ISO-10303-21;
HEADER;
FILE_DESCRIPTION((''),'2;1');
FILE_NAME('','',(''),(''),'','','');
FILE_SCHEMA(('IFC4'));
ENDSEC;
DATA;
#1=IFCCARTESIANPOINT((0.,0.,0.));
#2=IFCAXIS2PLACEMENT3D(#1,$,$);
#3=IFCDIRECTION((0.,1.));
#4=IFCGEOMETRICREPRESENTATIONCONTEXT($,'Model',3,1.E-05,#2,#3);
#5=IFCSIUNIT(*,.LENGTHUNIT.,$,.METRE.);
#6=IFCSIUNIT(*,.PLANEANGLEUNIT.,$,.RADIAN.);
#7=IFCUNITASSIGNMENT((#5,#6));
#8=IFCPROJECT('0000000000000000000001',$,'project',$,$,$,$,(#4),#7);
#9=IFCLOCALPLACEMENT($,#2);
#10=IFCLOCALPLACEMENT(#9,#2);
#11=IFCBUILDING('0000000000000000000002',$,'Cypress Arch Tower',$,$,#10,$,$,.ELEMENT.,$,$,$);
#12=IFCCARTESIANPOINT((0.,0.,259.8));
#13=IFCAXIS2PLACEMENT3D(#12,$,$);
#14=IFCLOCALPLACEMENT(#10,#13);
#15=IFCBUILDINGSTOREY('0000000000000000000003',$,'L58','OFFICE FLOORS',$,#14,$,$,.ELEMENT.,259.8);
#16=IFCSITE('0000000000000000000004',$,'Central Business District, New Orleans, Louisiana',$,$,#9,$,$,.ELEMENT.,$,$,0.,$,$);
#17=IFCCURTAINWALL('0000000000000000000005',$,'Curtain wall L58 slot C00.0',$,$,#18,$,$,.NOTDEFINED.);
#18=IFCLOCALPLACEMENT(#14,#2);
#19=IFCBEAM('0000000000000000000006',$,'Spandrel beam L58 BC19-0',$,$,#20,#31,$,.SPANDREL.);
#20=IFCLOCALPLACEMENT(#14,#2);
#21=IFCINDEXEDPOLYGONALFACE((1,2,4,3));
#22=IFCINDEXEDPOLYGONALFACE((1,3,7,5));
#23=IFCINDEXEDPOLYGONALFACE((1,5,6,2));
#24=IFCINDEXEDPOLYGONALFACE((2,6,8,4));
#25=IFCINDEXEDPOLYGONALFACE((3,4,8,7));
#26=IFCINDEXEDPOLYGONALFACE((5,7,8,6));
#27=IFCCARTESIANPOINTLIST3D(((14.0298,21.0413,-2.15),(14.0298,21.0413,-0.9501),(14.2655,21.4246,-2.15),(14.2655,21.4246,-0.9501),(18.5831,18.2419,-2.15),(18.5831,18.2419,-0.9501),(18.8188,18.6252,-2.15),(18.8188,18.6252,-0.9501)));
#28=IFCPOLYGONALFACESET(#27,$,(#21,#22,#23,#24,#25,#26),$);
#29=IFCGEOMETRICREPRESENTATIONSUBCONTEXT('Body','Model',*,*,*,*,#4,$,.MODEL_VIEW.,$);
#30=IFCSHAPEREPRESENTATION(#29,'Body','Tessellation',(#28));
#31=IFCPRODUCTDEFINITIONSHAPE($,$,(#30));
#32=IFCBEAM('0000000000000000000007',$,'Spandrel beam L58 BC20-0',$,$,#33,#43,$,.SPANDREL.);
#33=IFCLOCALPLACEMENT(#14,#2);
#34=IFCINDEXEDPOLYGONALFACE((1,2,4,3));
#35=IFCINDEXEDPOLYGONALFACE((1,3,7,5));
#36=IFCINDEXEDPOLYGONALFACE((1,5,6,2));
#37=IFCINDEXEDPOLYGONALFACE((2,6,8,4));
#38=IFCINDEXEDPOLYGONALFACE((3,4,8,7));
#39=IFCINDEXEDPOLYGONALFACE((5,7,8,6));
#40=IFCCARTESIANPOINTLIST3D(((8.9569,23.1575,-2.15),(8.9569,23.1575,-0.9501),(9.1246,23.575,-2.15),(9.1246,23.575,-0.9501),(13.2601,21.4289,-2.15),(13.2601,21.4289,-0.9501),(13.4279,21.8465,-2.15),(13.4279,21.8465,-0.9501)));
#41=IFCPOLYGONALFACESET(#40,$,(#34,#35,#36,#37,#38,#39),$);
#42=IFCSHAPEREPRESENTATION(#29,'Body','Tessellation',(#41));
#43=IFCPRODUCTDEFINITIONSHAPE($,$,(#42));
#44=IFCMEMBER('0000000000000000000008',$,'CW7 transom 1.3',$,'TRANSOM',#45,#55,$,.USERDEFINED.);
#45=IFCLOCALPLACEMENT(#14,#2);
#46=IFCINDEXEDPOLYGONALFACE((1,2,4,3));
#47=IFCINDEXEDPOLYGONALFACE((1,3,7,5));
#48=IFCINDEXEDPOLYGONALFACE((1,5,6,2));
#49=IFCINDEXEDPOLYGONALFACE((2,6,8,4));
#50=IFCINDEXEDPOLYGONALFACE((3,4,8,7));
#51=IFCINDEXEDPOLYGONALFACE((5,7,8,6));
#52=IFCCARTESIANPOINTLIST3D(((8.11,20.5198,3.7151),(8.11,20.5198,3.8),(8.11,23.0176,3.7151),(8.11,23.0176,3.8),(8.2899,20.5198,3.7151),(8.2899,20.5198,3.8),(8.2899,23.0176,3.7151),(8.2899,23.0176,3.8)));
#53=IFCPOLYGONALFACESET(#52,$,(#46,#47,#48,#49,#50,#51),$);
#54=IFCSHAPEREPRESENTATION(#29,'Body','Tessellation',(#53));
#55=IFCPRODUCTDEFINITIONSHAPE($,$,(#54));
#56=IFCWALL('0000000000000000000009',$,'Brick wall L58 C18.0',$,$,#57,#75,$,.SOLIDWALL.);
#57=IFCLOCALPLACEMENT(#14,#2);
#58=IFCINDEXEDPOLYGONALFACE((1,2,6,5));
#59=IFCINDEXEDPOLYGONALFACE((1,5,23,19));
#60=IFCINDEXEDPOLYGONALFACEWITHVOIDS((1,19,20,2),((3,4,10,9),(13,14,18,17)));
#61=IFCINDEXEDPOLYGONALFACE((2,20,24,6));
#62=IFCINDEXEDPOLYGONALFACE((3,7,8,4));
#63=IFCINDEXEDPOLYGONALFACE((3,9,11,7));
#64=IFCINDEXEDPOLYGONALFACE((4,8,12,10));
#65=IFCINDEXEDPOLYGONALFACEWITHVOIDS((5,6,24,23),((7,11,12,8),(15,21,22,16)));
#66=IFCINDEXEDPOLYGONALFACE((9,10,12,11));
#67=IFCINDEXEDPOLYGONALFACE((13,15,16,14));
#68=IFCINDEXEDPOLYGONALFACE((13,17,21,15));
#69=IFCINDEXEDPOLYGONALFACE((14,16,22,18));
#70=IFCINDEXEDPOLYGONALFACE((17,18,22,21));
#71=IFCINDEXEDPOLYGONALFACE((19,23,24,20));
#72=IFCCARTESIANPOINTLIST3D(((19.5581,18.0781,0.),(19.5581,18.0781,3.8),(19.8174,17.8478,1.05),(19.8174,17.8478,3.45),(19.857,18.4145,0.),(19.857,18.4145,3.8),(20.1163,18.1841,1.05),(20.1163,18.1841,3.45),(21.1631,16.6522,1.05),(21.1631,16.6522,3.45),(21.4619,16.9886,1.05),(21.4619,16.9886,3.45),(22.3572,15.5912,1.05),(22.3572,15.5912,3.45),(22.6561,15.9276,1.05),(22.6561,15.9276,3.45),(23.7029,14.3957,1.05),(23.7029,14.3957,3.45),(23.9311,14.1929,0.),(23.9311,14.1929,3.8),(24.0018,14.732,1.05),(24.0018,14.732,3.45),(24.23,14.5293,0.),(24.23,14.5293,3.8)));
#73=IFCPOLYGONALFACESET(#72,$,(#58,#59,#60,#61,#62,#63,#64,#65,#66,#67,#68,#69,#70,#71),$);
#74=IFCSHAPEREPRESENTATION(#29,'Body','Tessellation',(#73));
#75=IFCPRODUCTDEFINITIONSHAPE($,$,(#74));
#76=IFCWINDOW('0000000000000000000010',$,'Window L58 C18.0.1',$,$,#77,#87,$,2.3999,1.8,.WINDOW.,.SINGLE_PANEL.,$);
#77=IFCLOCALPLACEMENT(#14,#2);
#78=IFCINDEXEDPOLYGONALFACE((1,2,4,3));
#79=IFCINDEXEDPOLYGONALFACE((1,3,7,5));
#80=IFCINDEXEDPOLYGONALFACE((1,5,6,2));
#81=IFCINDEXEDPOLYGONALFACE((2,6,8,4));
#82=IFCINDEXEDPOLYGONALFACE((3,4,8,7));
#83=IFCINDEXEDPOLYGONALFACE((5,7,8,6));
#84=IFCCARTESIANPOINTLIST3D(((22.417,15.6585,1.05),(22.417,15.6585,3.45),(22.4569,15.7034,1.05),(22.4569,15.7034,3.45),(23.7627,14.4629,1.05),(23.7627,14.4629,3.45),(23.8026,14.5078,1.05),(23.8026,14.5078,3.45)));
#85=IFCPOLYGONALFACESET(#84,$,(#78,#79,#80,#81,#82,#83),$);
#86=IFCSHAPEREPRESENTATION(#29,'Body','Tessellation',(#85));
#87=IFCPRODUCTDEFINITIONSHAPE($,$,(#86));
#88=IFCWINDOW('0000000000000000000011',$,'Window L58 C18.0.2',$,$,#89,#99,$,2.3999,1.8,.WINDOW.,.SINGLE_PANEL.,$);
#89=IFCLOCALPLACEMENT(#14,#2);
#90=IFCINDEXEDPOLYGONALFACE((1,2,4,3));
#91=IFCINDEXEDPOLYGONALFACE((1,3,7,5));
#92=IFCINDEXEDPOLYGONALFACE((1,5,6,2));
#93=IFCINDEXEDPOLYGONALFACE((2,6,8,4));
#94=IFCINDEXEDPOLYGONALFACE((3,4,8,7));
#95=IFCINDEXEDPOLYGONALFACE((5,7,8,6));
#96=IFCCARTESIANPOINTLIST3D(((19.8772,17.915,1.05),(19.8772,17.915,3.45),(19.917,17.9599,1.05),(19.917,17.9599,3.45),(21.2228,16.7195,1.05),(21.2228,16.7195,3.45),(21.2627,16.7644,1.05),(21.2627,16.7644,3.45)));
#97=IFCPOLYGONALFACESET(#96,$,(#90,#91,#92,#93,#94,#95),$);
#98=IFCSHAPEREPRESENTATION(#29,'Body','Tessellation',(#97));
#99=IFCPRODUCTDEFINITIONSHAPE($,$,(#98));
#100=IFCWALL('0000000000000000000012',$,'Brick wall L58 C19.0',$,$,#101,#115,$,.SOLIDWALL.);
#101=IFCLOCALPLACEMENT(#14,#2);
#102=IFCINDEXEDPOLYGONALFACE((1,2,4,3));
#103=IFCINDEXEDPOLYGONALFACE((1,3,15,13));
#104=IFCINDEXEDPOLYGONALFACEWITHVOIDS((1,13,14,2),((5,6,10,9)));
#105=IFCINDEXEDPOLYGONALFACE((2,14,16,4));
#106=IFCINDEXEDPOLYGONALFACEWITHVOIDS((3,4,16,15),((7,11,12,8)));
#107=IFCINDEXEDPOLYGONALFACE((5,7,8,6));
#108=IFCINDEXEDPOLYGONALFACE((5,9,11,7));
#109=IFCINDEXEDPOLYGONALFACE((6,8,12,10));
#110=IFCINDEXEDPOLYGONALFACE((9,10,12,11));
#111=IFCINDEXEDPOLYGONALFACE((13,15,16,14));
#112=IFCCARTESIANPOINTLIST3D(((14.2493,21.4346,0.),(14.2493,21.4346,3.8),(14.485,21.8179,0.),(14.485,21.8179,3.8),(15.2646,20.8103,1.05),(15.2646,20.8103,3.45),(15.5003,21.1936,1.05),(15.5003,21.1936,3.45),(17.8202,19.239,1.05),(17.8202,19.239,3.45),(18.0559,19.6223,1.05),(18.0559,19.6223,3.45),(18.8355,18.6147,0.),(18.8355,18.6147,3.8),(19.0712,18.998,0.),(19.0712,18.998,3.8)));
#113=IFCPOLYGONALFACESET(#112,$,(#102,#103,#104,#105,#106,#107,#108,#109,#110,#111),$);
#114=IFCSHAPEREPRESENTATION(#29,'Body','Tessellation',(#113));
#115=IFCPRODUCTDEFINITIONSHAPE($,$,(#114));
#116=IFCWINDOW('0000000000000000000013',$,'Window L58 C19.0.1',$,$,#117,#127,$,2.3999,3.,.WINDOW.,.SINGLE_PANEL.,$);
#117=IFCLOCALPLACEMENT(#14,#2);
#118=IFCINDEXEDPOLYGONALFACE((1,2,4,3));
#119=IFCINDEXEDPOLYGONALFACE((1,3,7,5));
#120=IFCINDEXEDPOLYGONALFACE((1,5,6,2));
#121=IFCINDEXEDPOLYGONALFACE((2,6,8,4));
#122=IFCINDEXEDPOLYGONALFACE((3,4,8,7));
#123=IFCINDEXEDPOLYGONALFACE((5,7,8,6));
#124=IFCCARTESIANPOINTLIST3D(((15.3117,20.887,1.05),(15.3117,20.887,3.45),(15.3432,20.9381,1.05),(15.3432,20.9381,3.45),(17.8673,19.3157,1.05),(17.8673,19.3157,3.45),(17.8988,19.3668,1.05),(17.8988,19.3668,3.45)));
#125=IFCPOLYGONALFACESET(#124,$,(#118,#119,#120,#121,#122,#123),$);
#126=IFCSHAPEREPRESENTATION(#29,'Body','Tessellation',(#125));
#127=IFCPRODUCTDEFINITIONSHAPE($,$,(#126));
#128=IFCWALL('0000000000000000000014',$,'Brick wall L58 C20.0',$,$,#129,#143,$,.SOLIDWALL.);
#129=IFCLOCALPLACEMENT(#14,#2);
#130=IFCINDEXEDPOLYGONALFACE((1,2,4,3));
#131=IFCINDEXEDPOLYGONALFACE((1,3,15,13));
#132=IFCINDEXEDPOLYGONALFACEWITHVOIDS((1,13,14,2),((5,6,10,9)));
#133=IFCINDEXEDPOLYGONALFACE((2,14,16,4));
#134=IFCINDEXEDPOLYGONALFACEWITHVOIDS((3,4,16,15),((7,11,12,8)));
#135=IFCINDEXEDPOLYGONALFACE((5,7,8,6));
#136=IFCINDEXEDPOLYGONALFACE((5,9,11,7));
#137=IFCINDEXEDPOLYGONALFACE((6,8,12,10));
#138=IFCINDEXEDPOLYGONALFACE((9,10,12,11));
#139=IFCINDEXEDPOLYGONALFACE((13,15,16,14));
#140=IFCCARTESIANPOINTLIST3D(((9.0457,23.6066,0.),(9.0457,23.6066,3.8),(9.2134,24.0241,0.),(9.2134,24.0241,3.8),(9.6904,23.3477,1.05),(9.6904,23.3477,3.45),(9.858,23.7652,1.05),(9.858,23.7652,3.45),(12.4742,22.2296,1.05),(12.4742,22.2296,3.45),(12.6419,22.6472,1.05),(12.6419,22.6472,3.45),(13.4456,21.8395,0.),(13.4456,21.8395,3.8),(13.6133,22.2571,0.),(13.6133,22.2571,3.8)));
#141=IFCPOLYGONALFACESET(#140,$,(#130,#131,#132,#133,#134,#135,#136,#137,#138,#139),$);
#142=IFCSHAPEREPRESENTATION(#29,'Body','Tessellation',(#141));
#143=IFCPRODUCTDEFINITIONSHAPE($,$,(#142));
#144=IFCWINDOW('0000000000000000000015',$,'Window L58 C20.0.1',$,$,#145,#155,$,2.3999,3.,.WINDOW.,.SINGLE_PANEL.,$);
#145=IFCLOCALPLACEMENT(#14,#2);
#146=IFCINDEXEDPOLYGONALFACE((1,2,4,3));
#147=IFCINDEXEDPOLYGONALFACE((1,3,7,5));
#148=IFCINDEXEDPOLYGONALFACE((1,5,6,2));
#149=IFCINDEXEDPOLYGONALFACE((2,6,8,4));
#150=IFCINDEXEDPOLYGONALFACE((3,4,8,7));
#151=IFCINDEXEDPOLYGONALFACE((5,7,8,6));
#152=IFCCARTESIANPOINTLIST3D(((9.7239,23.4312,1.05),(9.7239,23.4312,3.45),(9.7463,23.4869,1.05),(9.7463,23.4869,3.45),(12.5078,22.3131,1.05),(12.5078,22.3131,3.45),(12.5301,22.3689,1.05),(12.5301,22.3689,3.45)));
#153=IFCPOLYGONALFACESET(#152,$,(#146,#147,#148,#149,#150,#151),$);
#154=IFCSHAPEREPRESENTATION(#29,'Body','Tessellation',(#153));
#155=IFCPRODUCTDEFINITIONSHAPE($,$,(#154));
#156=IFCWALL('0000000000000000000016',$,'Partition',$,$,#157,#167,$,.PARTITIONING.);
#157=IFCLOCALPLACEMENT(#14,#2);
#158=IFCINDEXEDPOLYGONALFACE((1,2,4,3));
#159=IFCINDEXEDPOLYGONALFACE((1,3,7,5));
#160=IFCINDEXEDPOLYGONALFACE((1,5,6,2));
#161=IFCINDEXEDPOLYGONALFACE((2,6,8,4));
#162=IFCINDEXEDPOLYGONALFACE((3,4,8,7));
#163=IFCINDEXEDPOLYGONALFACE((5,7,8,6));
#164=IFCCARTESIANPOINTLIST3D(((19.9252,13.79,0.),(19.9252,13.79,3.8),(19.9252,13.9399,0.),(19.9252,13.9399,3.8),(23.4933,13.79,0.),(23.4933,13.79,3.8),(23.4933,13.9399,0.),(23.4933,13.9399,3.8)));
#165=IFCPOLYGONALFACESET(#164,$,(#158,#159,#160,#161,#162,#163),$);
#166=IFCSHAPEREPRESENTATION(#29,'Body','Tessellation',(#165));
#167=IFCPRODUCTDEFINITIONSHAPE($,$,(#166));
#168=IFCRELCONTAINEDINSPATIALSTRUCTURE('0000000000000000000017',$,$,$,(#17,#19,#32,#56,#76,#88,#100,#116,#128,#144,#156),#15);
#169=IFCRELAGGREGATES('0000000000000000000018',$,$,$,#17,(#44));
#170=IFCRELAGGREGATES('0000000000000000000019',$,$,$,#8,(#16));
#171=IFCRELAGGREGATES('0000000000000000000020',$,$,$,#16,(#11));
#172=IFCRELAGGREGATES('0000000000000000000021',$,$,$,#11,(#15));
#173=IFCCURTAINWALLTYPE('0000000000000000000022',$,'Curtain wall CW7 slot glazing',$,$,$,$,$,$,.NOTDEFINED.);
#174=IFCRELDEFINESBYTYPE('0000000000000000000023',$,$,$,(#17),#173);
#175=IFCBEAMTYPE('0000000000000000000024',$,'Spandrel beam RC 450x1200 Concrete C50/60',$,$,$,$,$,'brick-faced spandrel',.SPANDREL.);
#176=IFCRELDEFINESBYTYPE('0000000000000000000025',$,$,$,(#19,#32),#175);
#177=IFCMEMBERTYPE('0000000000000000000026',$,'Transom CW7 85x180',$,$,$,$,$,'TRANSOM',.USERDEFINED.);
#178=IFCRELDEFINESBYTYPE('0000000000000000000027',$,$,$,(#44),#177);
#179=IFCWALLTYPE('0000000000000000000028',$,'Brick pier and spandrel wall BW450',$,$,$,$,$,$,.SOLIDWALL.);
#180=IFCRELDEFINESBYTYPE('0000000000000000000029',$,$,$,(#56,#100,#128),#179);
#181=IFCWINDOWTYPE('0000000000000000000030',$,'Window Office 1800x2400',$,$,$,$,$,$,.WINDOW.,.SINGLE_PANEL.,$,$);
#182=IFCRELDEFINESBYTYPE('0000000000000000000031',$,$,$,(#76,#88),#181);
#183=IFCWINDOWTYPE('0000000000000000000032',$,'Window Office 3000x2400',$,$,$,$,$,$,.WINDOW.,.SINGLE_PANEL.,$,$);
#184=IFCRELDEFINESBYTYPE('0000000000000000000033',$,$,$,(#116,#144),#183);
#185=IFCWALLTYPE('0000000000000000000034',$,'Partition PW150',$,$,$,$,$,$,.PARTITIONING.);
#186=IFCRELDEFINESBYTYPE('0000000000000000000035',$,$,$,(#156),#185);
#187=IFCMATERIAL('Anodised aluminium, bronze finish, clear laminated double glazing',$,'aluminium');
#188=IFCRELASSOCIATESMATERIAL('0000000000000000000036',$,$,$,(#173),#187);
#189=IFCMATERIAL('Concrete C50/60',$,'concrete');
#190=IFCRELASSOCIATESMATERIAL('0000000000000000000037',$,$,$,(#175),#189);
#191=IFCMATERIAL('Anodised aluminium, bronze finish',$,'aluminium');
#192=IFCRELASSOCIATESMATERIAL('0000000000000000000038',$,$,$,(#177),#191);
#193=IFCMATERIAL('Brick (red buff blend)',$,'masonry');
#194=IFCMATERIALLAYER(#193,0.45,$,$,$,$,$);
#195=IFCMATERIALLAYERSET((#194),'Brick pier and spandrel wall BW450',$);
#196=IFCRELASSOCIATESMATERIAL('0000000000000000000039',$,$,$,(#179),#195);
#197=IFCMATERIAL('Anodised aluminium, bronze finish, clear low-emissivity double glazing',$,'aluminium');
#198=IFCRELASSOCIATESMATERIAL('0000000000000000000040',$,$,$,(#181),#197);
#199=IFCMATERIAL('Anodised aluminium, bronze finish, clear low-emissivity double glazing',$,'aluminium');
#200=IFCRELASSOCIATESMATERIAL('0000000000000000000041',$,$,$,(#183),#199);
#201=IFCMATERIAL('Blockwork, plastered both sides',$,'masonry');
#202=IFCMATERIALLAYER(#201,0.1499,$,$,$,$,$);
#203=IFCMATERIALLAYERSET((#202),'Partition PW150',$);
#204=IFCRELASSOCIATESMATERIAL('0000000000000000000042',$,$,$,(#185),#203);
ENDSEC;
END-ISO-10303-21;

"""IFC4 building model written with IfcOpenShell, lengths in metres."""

from ifc_helpers import new_model, si_unit, direction, frame, frame_2d, origin, origin_2d, place, context, subcontext, project, spatial, rectangle, extrude, material, layer, layer_set, material_profile, profile_set, type_object, element, fill, aggregate, save


model = new_model("IFC4")

# Units and contexts
model_context = context("Model", 3, precision=1e-05, world=origin(), true_north=direction((0.0, 1.0)))
body_context = subcontext(model_context, "Body", "Model", "MODEL_VIEW")
ifc_project = project(units=[si_unit("LENGTHUNIT", "METRE"), si_unit("PLANEANGLEUNIT", "RADIAN")], contexts=[model_context])

# Site, building, storey
site_placement = place(None, origin())
site = spatial("IfcSite", under=ifc_project, at=site_placement, Name="Central Business District, New Orleans, Louisiana", CompositionType="ELEMENT", RefElevation=0.0)
building_placement = place(site_placement, origin())
building = spatial("IfcBuilding", under=site, at=building_placement, Name="Cypress Arch Tower", CompositionType="ELEMENT")
storey_placement = place(building_placement, frame((0.0, 0.0, 259.8)))
storey = spatial("IfcBuildingStorey", under=building, at=storey_placement, Name="L58", Description="OFFICE FLOORS", CompositionType="ELEMENT", Elevation=259.8)

# Curtain wall
ifc_material_1 = material(Name="Anodised aluminium, bronze finish, clear laminated double glazing", Category="aluminium")
curtain_wall_type = type_object("IfcCurtainWallType", Name="Curtain wall CW7 slot glazing", PredefinedType="NOTDEFINED", material=ifc_material_1)
curtain_wall_placement = place(storey_placement, origin())
curtain_wall = element("IfcCurtainWall", 1, at=curtain_wall_placement, inside=storey, type_object=curtain_wall_type, Name="Curtain wall L58 slot C00.0", PredefinedType="NOTDEFINED")

# Beams
ifc_material_2 = material(Name="Concrete C50/60", Category="concrete")
ifc_material_profile_1 = material_profile(ifc_material_2, rectangle(XDim=0.45, YDim=1.2, at=origin_2d()), Name="RC 450x1200")
ifc_profile_set_1 = profile_set([ifc_material_profile_1], Name="Concrete C50/60")
beam_type = type_object("IfcBeamType", Name="Spandrel beam RC 450x1200 Concrete C50/60", ElementType="brick-faced spandrel", PredefinedType="SPANDREL", material=ifc_profile_set_1)
beam_1_placement = place(storey_placement, frame((18.7009, 18.4336, -1.55), z_axis=(-0.851881, 0.523735, 0.0), x_axis=(-0.523735, -0.851881, 0.0)))
element("IfcBeam", 2, at=beam_1_placement, inside=storey, type_object=beam_type, Name="Spandrel beam L58 BC19-0", PredefinedType="SPANDREL", context=body_context, shape_type="SweptSolid", body=[
    extrude(rectangle(XDim=0.45, YDim=1.2, at=origin_2d()), origin(), (0.0, 0.0, 1.0), 5.345),
])
beam_2_placement = place(storey_placement, frame((13.344, 21.6377, -1.55), z_axis=(-0.927938, 0.372734, 0.0), x_axis=(-0.372734, -0.927938, 0.0)))
element("IfcBeam", 3, at=beam_2_placement, inside=storey, type_object=beam_type, Name="Spandrel beam L58 BC20-0", PredefinedType="SPANDREL", context=body_context, shape_type="SweptSolid", body=[
    extrude(rectangle(XDim=0.45, YDim=1.2, at=origin_2d()), origin(), (0.0, 0.0, 1.0), 4.6375),
])

# Member
ifc_material_3 = material(Name="Anodised aluminium, bronze finish", Category="aluminium")
ifc_material_profile_2 = material_profile(ifc_material_3, rectangle(XDim=0.1799, YDim=0.085, at=origin_2d()), Name="Transom 85x180")
ifc_profile_set_2 = profile_set([ifc_material_profile_2], Name="Anodised aluminium, bronze finish")
member_type_1 = type_object("IfcMemberType", Name="Transom CW7 85x180", ElementType="TRANSOM", PredefinedType="USERDEFINED", material=ifc_profile_set_2)
member_1_placement = place(storey_placement, frame((8.2, 23.0176, 3.7576), z_axis=(0.0, -1.0, 0.0), x_axis=(1.0, 0.0, 0.0)))
member_1 = element("IfcMember", 4, at=member_1_placement, type_object=member_type_1, Name="CW7 transom 1.3", ObjectType="TRANSOM", PredefinedType="USERDEFINED", context=body_context, shape_type="SweptSolid", body=[
    extrude(rectangle(XDim=0.1799, YDim=0.085, at=origin_2d()), origin(), (0.0, 0.0, 1.0), 2.4978),
])
aggregate(curtain_wall, [member_1])

# Wall, openings, windows
ifc_material_4 = material(Name="Brick (red buff blend)", Category="masonry")
ifc_layer_1 = layer(ifc_material_4, 0.45)
ifc_layer_set_1 = layer_set([ifc_layer_1], Name="Brick pier and spandrel wall BW450")
wall_type_1 = type_object("IfcWallType", Name="Brick pier and spandrel wall BW450", PredefinedType="SOLIDWALL", material=ifc_layer_set_1)
wall_1_placement = place(storey_placement, frame((24.0806, 14.3611, 0.0), z_axis=(0.0, 0.0, 1.0), x_axis=(-0.74757, 0.664182, 0.0)))
wall_1 = element("IfcWall", 5, at=wall_1_placement, inside=storey, type_object=wall_type_1, Name="Brick wall L58 C18.0", PredefinedType="SOLIDWALL", context=body_context, shape_type="SweptSolid", body=[
    extrude(rectangle(XDim=5.8496, YDim=0.45, at=frame_2d((2.9248, 0.0))), origin(), (0.0, 0.0, 1.0), 3.8),
])
opening_1_placement = place(wall_1_placement, frame((0.3054, 0.0, 1.05)))
opening_1 = element("IfcOpeningElement", 6, at=opening_1_placement, cuts=wall_1, PredefinedType="OPENING", context=body_context, shape_type="SweptSolid", body=[
    extrude(rectangle(XDim=1.8, YDim=2.3999, at=frame_2d((0.8999, 1.2))), frame((0.0, 0.2349, 0.0), z_axis=(0.0, -1.0, 0.0), x_axis=(1.0, 0.0, 0.0)), (0.0, 0.0, 1.0), 0.47),
])
opening_2_placement = place(wall_1_placement, frame((3.7029, 0.0, 1.05)))
opening_2 = element("IfcOpeningElement", 7, at=opening_2_placement, cuts=wall_1, PredefinedType="OPENING", context=body_context, shape_type="SweptSolid", body=[
    extrude(rectangle(XDim=1.8, YDim=2.3999, at=frame_2d((0.8999, 1.2))), frame((0.0, 0.2349, 0.0), z_axis=(0.0, -1.0, 0.0), x_axis=(1.0, 0.0, 0.0)), (0.0, 0.0, 1.0), 0.47),
])
ifc_material_5 = material(Name="Anodised aluminium, bronze finish, clear low-emissivity double glazing", Category="aluminium")
window_type_1 = type_object("IfcWindowType", Name="Window Office 1800x2400", PartitioningType="SINGLE_PANEL", PredefinedType="WINDOW", material=ifc_material_5)
window_1_placement = place(opening_1_placement, origin())
window_1 = element("IfcWindow", 8, at=window_1_placement, inside=storey, type_object=window_type_1, Name="Window L58 C18.0.1", OverallHeight=2.3999, OverallWidth=1.8, PartitioningType="SINGLE_PANEL", PredefinedType="WINDOW", context=body_context, shape_type="SweptSolid", body=[
    extrude(rectangle(XDim=1.8, YDim=2.3999, at=frame_2d((0.8999, 1.2))), frame((0.0, 0.135, 0.0), z_axis=(0.0, -1.0, 0.0), x_axis=(1.0, 0.0, 0.0)), (0.0, 0.0, 1.0), 0.0601),
])
fill(opening_1, window_1)
window_2_placement = place(opening_2_placement, origin())
window_2 = element("IfcWindow", 9, at=window_2_placement, inside=storey, type_object=window_type_1, Name="Window L58 C18.0.2", OverallHeight=2.3999, OverallWidth=1.8, PartitioningType="SINGLE_PANEL", PredefinedType="WINDOW", context=body_context, shape_type="SweptSolid", body=[
    extrude(rectangle(XDim=1.8, YDim=2.3999, at=frame_2d((0.8999, 1.2))), frame((0.0, 0.135, 0.0), z_axis=(0.0, -1.0, 0.0), x_axis=(1.0, 0.0, 0.0)), (0.0, 0.0, 1.0), 0.0601),
])
fill(opening_2, window_2)

# Walls, openings, windows
wall_2_placement = place(storey_placement, frame((18.9534, 18.8064, 0.0), z_axis=(0.0, 0.0, 1.0), x_axis=(-0.851861, 0.523768, 0.0)))
wall_2 = element("IfcWall", 10, at=wall_2_placement, inside=storey, type_object=wall_type_1, Name="Brick wall L58 C19.0", PredefinedType="SOLIDWALL", context=body_context, shape_type="SweptSolid", body=[
    extrude(rectangle(XDim=5.3838, YDim=0.45, at=frame_2d((2.6919, 0.0))), origin(), (0.0, 0.0, 1.0), 3.8),
])
opening_3_placement = place(wall_2_placement, frame((1.1919, 0.0, 1.05)))
opening_3 = element("IfcOpeningElement", 11, at=opening_3_placement, cuts=wall_2, PredefinedType="OPENING", context=body_context, shape_type="SweptSolid", body=[
    extrude(rectangle(XDim=3.0, YDim=2.3999, at=frame_2d((1.5, 1.2))), frame((0.0, 0.2349, 0.0), z_axis=(0.0, -1.0, 0.0), x_axis=(1.0, 0.0, 0.0)), (0.0, 0.0, 1.0), 0.47),
])
ifc_material_6 = material(Name="Anodised aluminium, bronze finish, clear low-emissivity double glazing", Category="aluminium")
window_type_2 = type_object("IfcWindowType", Name="Window Office 3000x2400", PartitioningType="SINGLE_PANEL", PredefinedType="WINDOW", material=ifc_material_6)
window_3_placement = place(opening_3_placement, origin())
window_3 = element("IfcWindow", 12, at=window_3_placement, inside=storey, type_object=window_type_2, Name="Window L58 C19.0.1", OverallHeight=2.3999, OverallWidth=3.0, PartitioningType="SINGLE_PANEL", PredefinedType="WINDOW", context=body_context, shape_type="SweptSolid", body=[
    extrude(rectangle(XDim=3.0, YDim=2.3999, at=frame_2d((1.5, 1.2))), frame((0.0, 0.135, 0.0), z_axis=(0.0, -1.0, 0.0), x_axis=(1.0, 0.0, 0.0)), (0.0, 0.0, 1.0), 0.0601),
])
fill(opening_3, window_3)
wall_3_placement = place(storey_placement, frame((13.5293, 22.0483, 0.0), z_axis=(0.0, 0.0, 1.0), x_axis=(-0.927957, 0.372686, 0.0)))
wall_3 = element("IfcWall", 13, at=wall_3_placement, inside=storey, type_object=wall_type_1, Name="Brick wall L58 C20.0", PredefinedType="SOLIDWALL", context=body_context, shape_type="SweptSolid", body=[
    extrude(rectangle(XDim=4.7415, YDim=0.45, at=frame_2d((2.3706, 0.0))), origin(), (0.0, 0.0, 1.0), 3.8),
])
opening_4_placement = place(wall_3_placement, frame((1.0466, 0.0, 1.05)))
opening_4 = element("IfcOpeningElement", 14, at=opening_4_placement, cuts=wall_3, PredefinedType="OPENING", context=body_context, shape_type="SweptSolid", body=[
    extrude(rectangle(XDim=3.0, YDim=2.3999, at=frame_2d((1.5, 1.2))), frame((0.0, 0.2349, 0.0), z_axis=(0.0, -1.0, 0.0), x_axis=(1.0, 0.0, 0.0)), (0.0, 0.0, 1.0), 0.47),
])
window_4_placement = place(opening_4_placement, origin())
window_4 = element("IfcWindow", 15, at=window_4_placement, inside=storey, type_object=window_type_2, Name="Window L58 C20.0.1", OverallHeight=2.3999, OverallWidth=3.0, PartitioningType="SINGLE_PANEL", PredefinedType="WINDOW", context=body_context, shape_type="SweptSolid", body=[
    extrude(rectangle(XDim=3.0, YDim=2.3999, at=frame_2d((1.5, 1.2))), frame((0.0, 0.135, 0.0), z_axis=(0.0, -1.0, 0.0), x_axis=(1.0, 0.0, 0.0)), (0.0, 0.0, 1.0), 0.0601),
])
fill(opening_4, window_4)

# Wall
ifc_material_7 = material(Name="Blockwork, plastered both sides", Category="masonry")
ifc_layer_2 = layer(ifc_material_7, 0.1499)
ifc_layer_set_2 = layer_set([ifc_layer_2], Name="Partition PW150")
wall_type_2 = type_object("IfcWallType", Name="Partition PW150", PredefinedType="PARTITIONING", material=ifc_layer_set_2)
wall_4_placement = place(storey_placement, frame((19.925, 13.865, 0.0), z_axis=(0.0, 0.0, 1.0), x_axis=(1.0, 0.0, 0.0)))
element("IfcWall", 16, at=wall_4_placement, inside=storey, type_object=wall_type_2, Name="Partition", PredefinedType="PARTITIONING", context=body_context, shape_type="SweptSolid", body=[
    extrude(rectangle(XDim=3.5681, YDim=0.1499, at=frame_2d((1.7842, 0.0))), origin(), (0.0, 0.0, 1.0), 3.8),
])

save(model, "model.ifc")
